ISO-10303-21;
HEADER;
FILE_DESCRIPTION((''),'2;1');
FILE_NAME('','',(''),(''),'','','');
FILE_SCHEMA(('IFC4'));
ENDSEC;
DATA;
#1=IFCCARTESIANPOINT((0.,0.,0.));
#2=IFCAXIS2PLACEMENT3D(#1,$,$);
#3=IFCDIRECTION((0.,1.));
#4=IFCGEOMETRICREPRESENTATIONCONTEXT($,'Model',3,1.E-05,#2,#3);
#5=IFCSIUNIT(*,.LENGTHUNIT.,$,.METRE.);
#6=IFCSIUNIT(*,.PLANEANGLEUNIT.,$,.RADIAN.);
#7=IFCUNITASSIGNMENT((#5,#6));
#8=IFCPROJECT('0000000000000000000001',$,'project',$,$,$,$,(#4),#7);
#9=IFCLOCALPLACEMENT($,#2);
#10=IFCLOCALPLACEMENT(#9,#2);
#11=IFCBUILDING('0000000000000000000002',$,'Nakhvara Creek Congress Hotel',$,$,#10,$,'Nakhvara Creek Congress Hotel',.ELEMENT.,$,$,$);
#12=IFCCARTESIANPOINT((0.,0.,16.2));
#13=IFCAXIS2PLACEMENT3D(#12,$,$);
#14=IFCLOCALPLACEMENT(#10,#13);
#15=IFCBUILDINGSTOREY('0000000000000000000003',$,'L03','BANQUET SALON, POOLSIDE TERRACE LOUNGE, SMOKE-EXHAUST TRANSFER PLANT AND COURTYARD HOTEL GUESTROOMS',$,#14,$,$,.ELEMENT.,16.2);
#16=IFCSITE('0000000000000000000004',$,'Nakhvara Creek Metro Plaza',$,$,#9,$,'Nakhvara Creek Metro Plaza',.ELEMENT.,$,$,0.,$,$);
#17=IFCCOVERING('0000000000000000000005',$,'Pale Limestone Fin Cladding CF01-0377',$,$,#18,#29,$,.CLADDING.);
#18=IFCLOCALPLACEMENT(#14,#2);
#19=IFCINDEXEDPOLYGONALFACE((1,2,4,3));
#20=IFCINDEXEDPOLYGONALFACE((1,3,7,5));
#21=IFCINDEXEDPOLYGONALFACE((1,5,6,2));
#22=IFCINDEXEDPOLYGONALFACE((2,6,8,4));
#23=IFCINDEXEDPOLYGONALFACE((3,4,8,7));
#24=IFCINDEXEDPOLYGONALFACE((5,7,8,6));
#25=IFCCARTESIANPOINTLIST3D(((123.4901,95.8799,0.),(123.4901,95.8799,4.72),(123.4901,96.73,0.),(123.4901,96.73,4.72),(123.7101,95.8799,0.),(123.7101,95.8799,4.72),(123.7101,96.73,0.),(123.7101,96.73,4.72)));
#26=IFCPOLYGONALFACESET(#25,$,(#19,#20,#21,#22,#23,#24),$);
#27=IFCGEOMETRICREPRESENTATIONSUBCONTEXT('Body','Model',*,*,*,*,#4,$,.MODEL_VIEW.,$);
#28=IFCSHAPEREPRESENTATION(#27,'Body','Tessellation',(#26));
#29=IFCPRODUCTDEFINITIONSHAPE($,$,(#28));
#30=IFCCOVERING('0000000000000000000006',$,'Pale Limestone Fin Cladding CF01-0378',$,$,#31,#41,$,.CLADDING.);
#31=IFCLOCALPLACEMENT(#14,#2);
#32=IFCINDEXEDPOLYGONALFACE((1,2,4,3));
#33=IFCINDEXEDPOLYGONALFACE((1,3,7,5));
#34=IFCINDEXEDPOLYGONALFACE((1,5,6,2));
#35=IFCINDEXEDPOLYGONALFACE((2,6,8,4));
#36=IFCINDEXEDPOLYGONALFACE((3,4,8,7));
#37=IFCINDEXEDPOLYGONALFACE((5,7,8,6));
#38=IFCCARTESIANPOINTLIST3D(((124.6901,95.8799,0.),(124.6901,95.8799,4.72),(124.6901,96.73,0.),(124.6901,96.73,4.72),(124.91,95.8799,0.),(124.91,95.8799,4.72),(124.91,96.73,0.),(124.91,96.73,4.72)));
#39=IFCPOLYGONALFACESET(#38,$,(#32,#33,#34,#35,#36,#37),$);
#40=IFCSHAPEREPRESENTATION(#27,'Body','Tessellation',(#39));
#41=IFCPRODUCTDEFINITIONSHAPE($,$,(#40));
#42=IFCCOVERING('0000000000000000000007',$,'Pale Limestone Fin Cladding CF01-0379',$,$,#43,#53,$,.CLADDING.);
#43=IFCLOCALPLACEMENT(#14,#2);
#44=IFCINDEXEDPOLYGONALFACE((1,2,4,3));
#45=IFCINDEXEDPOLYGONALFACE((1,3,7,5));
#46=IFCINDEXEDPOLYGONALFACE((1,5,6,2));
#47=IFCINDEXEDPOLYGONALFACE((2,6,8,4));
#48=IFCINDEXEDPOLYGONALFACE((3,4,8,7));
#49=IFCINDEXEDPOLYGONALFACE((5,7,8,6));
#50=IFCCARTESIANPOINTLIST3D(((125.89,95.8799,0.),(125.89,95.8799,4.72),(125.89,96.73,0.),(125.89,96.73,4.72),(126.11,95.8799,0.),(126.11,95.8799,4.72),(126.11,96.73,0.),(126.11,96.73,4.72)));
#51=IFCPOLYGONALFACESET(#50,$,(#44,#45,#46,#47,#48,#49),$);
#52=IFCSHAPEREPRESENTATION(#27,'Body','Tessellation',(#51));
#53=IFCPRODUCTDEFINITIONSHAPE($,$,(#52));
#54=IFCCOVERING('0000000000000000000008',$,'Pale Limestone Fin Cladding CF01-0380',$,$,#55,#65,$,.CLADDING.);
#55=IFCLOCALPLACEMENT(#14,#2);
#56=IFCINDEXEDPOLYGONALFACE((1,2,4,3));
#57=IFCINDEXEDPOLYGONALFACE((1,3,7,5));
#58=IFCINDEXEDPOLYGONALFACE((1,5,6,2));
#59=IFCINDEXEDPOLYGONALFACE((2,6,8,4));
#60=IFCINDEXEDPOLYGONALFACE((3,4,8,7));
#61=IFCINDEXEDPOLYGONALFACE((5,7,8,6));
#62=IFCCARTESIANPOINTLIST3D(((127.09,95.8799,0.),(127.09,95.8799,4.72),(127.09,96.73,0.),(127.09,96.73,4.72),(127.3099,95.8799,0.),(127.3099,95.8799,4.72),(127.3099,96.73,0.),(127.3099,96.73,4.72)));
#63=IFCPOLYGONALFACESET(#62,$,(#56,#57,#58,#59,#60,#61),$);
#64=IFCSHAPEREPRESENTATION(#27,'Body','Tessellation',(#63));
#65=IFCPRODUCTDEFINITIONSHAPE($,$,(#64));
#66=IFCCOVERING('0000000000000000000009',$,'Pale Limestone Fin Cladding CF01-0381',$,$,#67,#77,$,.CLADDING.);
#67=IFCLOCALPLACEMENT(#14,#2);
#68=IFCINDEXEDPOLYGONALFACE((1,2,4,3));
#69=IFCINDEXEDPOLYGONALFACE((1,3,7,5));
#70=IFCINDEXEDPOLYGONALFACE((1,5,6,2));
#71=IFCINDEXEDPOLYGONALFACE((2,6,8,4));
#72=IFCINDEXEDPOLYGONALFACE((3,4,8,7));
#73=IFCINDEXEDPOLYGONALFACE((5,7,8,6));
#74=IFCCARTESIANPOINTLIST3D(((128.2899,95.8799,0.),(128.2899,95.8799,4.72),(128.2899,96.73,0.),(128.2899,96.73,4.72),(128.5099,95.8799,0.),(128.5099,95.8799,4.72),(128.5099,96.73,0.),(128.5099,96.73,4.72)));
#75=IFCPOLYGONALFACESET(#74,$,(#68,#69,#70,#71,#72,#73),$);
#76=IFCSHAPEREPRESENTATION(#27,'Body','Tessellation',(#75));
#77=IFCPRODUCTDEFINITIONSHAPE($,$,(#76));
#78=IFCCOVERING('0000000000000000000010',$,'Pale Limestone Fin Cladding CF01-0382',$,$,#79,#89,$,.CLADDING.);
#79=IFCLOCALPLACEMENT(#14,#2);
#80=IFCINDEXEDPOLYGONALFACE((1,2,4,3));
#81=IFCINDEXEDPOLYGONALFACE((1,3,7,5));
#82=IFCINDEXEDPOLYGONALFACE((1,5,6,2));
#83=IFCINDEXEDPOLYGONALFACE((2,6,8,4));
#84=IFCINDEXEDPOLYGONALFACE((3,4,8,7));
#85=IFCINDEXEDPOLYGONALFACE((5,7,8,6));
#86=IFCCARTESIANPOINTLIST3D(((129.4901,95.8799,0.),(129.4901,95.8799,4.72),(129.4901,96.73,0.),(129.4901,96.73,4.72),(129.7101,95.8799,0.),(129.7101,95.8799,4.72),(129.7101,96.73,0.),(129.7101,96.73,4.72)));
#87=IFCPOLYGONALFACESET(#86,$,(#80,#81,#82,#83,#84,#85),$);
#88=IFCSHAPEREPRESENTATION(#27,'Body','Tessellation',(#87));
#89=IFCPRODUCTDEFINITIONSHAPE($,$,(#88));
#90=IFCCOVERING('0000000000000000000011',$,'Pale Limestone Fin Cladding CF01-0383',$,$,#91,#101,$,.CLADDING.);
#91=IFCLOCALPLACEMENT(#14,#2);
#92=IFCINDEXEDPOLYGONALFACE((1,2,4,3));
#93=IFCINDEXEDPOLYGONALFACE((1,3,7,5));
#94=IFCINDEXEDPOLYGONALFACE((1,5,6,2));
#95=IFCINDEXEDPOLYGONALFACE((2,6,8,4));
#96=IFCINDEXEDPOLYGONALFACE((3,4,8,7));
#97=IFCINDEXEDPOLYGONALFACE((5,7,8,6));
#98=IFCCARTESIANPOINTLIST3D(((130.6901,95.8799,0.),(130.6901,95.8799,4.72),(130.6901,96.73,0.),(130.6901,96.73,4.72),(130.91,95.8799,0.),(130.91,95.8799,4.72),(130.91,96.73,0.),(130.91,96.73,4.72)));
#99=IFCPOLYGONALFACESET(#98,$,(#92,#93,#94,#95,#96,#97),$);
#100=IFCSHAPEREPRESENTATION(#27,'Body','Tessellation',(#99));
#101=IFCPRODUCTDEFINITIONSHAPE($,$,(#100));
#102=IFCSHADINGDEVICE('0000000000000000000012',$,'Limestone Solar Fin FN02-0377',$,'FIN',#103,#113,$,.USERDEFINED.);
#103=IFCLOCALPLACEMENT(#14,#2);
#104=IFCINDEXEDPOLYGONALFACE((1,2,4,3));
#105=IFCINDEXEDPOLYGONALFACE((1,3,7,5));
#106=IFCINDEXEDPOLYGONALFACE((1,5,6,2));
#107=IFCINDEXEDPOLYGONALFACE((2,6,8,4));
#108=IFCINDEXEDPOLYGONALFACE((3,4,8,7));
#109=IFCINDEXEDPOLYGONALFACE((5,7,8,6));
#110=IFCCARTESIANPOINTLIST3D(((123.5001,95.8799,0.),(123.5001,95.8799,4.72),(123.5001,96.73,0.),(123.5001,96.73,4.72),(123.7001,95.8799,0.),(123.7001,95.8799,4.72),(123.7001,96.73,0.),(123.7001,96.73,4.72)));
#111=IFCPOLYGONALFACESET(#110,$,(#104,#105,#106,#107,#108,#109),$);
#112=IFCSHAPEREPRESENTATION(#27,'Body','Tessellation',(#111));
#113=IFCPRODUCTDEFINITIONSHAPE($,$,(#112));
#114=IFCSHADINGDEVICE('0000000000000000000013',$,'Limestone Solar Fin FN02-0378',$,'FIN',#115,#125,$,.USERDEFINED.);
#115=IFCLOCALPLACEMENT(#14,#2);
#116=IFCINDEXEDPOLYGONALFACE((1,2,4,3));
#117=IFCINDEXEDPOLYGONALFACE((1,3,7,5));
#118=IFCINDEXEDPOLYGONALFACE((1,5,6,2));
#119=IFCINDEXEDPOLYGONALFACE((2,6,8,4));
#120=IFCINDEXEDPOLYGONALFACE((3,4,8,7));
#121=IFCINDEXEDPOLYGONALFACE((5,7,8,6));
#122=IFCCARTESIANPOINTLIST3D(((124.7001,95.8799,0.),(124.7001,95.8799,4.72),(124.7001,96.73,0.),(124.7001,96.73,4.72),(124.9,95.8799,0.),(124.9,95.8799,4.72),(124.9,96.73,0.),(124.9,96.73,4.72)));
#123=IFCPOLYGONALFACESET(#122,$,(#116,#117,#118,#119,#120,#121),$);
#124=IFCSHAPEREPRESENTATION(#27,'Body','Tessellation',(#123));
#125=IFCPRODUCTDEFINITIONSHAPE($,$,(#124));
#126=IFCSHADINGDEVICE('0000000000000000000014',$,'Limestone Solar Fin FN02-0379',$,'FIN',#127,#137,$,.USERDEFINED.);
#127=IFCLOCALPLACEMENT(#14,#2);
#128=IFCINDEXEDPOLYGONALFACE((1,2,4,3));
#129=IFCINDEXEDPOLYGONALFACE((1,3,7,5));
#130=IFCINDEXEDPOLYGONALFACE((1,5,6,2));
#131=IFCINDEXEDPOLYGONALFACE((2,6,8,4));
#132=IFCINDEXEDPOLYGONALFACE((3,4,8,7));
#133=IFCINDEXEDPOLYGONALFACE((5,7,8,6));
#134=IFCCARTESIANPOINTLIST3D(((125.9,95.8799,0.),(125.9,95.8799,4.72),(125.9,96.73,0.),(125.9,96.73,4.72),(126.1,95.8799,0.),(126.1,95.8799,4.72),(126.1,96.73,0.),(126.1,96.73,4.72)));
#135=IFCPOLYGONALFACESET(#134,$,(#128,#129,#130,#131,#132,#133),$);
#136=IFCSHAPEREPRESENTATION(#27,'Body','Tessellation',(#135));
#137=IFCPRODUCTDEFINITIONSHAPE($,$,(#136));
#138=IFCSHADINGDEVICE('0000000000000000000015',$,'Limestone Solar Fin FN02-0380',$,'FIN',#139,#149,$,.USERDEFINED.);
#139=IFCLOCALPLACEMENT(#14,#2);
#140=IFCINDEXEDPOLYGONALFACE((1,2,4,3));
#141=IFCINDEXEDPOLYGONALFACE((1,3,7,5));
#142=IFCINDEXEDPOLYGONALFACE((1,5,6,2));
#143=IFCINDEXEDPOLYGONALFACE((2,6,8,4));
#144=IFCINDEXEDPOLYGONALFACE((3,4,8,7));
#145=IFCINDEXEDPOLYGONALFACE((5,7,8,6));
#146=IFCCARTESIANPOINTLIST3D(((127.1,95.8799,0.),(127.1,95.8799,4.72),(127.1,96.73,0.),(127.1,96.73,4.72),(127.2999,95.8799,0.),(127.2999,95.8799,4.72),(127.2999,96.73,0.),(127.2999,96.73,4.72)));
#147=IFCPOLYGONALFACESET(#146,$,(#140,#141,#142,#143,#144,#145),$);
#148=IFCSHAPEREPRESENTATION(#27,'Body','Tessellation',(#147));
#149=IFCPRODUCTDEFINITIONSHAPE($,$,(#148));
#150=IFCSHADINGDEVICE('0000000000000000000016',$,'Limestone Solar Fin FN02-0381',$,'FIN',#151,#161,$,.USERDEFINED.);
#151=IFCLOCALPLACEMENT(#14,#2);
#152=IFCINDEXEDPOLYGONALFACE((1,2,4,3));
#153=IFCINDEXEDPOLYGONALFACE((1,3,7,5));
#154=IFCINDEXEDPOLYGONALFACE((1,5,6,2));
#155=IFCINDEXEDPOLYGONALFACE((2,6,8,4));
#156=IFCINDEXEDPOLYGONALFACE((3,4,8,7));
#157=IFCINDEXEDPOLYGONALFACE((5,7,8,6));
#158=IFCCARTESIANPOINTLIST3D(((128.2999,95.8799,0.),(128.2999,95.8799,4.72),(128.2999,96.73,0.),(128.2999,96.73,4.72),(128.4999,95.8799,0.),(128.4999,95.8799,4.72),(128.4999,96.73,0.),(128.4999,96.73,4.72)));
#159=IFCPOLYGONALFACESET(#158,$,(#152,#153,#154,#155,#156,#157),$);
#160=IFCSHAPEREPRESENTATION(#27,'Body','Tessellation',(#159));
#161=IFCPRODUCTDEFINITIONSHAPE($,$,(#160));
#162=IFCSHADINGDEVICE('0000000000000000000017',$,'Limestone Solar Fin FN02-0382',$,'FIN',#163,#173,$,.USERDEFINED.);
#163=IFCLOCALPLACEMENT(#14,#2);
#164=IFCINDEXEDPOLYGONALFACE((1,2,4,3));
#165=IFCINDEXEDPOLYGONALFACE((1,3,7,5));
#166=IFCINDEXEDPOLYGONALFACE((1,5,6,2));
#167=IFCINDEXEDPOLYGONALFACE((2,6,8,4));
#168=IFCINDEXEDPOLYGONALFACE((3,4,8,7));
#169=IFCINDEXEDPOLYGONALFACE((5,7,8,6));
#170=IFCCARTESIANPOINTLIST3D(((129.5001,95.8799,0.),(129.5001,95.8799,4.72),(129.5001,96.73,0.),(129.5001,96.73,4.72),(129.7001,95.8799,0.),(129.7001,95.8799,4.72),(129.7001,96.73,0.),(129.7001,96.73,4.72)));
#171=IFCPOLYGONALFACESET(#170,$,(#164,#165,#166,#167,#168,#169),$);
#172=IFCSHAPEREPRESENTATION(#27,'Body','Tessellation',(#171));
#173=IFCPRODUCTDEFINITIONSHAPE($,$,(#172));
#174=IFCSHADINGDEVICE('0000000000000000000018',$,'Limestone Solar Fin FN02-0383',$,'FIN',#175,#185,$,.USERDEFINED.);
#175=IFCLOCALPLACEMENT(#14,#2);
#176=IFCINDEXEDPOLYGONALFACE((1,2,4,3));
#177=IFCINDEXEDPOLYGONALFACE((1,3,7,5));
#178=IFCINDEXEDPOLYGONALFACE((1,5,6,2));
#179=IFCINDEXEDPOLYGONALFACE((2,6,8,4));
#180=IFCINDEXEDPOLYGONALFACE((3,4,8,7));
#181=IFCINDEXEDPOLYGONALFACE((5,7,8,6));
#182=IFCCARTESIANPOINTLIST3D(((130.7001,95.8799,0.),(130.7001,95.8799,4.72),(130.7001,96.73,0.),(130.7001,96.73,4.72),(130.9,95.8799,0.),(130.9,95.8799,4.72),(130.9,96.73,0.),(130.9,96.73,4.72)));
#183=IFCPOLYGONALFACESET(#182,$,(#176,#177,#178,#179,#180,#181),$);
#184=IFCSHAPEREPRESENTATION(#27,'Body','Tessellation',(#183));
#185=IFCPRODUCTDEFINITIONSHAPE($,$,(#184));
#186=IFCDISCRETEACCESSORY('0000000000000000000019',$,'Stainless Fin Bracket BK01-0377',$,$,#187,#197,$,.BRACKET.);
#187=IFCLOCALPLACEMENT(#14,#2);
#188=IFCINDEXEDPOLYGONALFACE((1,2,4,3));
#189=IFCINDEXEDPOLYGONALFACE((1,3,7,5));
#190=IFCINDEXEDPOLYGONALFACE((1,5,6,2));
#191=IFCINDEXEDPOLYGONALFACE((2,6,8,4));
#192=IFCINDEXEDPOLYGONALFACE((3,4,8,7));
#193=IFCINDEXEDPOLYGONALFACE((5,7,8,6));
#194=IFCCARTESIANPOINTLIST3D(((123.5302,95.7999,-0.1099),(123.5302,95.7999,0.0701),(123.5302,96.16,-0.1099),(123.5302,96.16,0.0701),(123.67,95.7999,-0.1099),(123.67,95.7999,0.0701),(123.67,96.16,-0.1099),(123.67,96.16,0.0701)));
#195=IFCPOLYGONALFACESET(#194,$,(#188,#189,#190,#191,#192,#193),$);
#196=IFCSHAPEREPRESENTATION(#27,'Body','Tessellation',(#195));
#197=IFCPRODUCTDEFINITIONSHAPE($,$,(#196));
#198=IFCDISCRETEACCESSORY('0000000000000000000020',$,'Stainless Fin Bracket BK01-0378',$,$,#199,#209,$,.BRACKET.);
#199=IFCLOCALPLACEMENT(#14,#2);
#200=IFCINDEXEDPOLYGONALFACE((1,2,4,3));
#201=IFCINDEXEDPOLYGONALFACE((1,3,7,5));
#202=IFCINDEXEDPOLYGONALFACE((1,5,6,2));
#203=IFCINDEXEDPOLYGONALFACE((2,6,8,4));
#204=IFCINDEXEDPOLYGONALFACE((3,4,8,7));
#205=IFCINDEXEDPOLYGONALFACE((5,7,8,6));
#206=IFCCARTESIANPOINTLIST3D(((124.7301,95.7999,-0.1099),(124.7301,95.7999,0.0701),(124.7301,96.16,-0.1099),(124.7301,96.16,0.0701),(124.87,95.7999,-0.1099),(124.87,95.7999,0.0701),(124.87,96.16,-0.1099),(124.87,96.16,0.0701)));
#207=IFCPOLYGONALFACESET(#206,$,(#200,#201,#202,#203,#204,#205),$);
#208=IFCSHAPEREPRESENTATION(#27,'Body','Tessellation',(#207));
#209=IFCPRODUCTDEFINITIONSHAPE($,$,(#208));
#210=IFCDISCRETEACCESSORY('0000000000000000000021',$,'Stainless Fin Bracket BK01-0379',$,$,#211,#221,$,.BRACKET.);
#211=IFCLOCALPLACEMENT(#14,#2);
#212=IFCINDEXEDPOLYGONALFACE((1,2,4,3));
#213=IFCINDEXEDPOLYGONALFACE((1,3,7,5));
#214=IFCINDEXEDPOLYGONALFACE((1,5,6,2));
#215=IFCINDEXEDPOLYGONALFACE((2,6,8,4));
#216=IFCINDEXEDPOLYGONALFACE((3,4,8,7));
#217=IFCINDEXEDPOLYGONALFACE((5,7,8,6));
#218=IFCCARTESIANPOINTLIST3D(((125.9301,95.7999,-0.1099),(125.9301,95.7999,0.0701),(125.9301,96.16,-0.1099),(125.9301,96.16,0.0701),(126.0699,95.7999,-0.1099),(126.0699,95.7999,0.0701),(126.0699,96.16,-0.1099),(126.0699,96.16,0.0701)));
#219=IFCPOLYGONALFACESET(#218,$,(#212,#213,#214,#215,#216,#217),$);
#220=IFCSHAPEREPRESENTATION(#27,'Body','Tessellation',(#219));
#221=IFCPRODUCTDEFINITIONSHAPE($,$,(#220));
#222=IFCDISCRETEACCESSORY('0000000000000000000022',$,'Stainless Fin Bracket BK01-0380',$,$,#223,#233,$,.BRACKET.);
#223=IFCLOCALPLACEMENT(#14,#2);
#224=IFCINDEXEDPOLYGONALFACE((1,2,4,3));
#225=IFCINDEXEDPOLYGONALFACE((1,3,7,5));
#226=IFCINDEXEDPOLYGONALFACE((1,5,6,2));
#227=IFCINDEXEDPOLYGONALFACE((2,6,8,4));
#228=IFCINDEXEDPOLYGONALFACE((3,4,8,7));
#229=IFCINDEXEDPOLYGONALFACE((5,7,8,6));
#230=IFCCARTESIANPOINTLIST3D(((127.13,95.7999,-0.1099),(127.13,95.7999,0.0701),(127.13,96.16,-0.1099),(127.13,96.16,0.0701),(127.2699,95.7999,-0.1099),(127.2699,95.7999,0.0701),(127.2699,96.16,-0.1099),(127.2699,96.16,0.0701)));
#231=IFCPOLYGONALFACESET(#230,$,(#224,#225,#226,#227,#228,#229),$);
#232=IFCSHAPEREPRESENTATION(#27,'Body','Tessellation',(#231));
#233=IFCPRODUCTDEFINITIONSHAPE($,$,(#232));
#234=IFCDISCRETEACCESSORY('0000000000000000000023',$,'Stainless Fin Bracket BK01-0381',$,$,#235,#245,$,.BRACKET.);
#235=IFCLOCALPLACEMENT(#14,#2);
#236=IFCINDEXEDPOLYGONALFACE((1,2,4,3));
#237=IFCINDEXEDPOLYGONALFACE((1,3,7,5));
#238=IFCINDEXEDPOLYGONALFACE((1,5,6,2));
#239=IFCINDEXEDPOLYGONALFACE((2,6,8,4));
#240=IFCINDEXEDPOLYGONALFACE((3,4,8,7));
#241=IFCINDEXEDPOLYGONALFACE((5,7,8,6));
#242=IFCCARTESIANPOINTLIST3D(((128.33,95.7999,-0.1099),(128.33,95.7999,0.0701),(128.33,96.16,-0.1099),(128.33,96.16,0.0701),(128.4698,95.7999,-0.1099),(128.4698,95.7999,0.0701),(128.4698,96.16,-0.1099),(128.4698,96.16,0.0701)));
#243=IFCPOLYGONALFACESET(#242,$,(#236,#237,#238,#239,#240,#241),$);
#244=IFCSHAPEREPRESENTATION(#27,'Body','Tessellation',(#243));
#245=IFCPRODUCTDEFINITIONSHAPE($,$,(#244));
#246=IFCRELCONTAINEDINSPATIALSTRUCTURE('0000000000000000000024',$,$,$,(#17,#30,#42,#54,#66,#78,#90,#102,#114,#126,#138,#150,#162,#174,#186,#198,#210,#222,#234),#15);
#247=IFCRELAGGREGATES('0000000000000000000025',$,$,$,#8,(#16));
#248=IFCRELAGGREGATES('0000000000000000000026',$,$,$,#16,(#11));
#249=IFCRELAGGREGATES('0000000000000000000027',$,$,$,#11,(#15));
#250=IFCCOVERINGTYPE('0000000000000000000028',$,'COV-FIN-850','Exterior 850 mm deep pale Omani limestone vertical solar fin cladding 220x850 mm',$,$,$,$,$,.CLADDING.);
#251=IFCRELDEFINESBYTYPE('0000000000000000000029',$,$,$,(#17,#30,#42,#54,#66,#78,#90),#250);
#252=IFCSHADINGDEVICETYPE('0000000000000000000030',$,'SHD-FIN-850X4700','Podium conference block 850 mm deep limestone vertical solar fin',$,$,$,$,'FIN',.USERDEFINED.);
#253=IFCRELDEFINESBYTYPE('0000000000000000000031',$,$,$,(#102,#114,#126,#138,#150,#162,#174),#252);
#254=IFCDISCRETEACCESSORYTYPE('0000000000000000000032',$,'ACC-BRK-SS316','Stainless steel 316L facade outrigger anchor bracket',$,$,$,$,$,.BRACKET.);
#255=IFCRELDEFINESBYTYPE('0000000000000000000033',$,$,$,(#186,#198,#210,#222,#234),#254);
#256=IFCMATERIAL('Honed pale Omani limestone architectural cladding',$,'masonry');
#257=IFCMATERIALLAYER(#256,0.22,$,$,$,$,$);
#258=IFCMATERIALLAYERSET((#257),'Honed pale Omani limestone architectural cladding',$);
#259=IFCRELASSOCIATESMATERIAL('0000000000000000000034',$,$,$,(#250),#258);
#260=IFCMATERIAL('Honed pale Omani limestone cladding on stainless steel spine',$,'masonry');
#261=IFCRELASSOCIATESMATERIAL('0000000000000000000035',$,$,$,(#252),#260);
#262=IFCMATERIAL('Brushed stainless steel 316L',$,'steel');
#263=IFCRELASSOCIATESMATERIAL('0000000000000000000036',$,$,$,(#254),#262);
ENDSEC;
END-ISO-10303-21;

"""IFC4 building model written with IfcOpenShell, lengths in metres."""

from ifc_helpers import new_model, si_unit, direction, frame, origin, origin_2d, place, context, subcontext, project, spatial, rectangle, extrude, material, layer, layer_set, type_object, element, save


model = new_model("IFC4")

# Units and contexts
model_context = context("Model", 3, precision=1e-05, world=origin(), true_north=direction((0.0, 1.0)))
body_context = subcontext(model_context, "Body", "Model", "MODEL_VIEW")
ifc_project = project(units=[si_unit("LENGTHUNIT", "METRE"), si_unit("PLANEANGLEUNIT", "RADIAN")], contexts=[model_context])

# Site, building, storey
site_placement = place(None, origin())
site = spatial("IfcSite", under=ifc_project, at=site_placement, Name="Nakhvara Creek Metro Plaza", LongName="Nakhvara Creek Metro Plaza", CompositionType="ELEMENT", RefElevation=0.0)
building_placement = place(site_placement, origin())
building = spatial("IfcBuilding", under=site, at=building_placement, Name="Nakhvara Creek Congress Hotel", LongName="Nakhvara Creek Congress Hotel", CompositionType="ELEMENT")
storey_placement = place(building_placement, frame((0.0, 0.0, 16.2)))
storey = spatial("IfcBuildingStorey", under=building, at=storey_placement, Name="L03", Description="BANQUET SALON, POOLSIDE TERRACE LOUNGE, SMOKE-EXHAUST TRANSFER PLANT AND COURTYARD HOTEL GUESTROOMS", CompositionType="ELEMENT", Elevation=16.2)

# Coverings
ifc_material_1 = material(Name="Honed pale Omani limestone architectural cladding", Category="masonry")
ifc_layer = layer(ifc_material_1, 0.22)
ifc_layer_set = layer_set([ifc_layer], Name="Honed pale Omani limestone architectural cladding")
covering_type = type_object("IfcCoveringType", Name="COV-FIN-850", Description="Exterior 850 mm deep pale Omani limestone vertical solar fin cladding 220x850 mm", PredefinedType="CLADDING", material=ifc_layer_set)
for number, where, z_axis, x_axis, name in (
    (1, (123.6001, 96.3049, 0.0), (0.0, 0.0, 1.0), (1.0, 0.0, 0.0), "Pale Limestone Fin Cladding CF01-0377"),
    (2, (124.8, 96.3049, 0.0), (0.0, 0.0, 1.0), (1.0, 0.0, 0.0), "Pale Limestone Fin Cladding CF01-0378"),
    (3, (126.0, 96.3049, 0.0), (0.0, 0.0, 1.0), (1.0, 0.0, 0.0), "Pale Limestone Fin Cladding CF01-0379"),
    (4, (127.2, 96.3049, 0.0), (0.0, 0.0, 1.0), (1.0, 0.0, 0.0), "Pale Limestone Fin Cladding CF01-0380"),
    (5, (128.3999, 96.3049, 0.0), (0.0, 0.0, 1.0), (1.0, 0.0, 0.0), "Pale Limestone Fin Cladding CF01-0381"),
    (6, (129.6001, 96.3049, 0.0), (0.0, 0.0, 1.0), (1.0, 0.0, 0.0), "Pale Limestone Fin Cladding CF01-0382"),
    (7, (130.8, 96.3049, 0.0), (0.0, 0.0, 1.0), (1.0, 0.0, 0.0), "Pale Limestone Fin Cladding CF01-0383"),
):
    element("IfcCovering", number, at=place(storey_placement, frame(where, z_axis=z_axis, x_axis=x_axis)), inside=storey, type_object=covering_type, Name=name, PredefinedType="CLADDING", context=body_context, shape_type="SweptSolid", body=[
        extrude(rectangle(XDim=0.22, YDim=0.8501, at=origin_2d()), origin(), (0.0, 0.0, 1.0), 4.72),
    ])

# Shading devices
ifc_material_2 = material(Name="Honed pale Omani limestone cladding on stainless steel spine", Category="masonry")
shading_device_type = type_object("IfcShadingDeviceType", Name="SHD-FIN-850X4700", Description="Podium conference block 850 mm deep limestone vertical solar fin", ElementType="FIN", PredefinedType="USERDEFINED", material=ifc_material_2)
for number, where, z_axis, x_axis, name in (
    (8, (123.6001, 96.3049, 0.0), (0.0, 0.0, 1.0), (1.0, 0.0, 0.0), "Limestone Solar Fin FN02-0377"),
    (9, (124.8, 96.3049, 0.0), (0.0, 0.0, 1.0), (1.0, 0.0, 0.0), "Limestone Solar Fin FN02-0378"),
    (10, (126.0, 96.3049, 0.0), (0.0, 0.0, 1.0), (1.0, 0.0, 0.0), "Limestone Solar Fin FN02-0379"),
    (11, (127.2, 96.3049, 0.0), (0.0, 0.0, 1.0), (1.0, 0.0, 0.0), "Limestone Solar Fin FN02-0380"),
    (12, (128.3999, 96.3049, 0.0), (0.0, 0.0, 1.0), (1.0, 0.0, 0.0), "Limestone Solar Fin FN02-0381"),
    (13, (129.6001, 96.3049, 0.0), (0.0, 0.0, 1.0), (1.0, 0.0, 0.0), "Limestone Solar Fin FN02-0382"),
    (14, (130.8, 96.3049, 0.0), (0.0, 0.0, 1.0), (1.0, 0.0, 0.0), "Limestone Solar Fin FN02-0383"),
):
    element("IfcShadingDevice", number, at=place(storey_placement, frame(where, z_axis=z_axis, x_axis=x_axis)), inside=storey, type_object=shading_device_type, Name=name, ObjectType="FIN", PredefinedType="USERDEFINED", context=body_context, shape_type="SweptSolid", body=[
        extrude(rectangle(XDim=0.2, YDim=0.8501, at=origin_2d()), origin(), (0.0, 0.0, 1.0), 4.72),
    ])

# Discrete accessories
ifc_material_3 = material(Name="Brushed stainless steel 316L", Category="steel")
discrete_accessory_type = type_object("IfcDiscreteAccessoryType", Name="ACC-BRK-SS316", Description="Stainless steel 316L facade outrigger anchor bracket", PredefinedType="BRACKET", material=ifc_material_3)
for number, where, z_axis, x_axis, name in (
    (15, (123.6001, 95.98, -0.1099), (0.0, 0.0, 1.0), (1.0, 0.0, 0.0), "Stainless Fin Bracket BK01-0377"),
    (16, (124.8, 95.98, -0.1099), (0.0, 0.0, 1.0), (1.0, 0.0, 0.0), "Stainless Fin Bracket BK01-0378"),
    (17, (126.0, 95.98, -0.1099), (0.0, 0.0, 1.0), (1.0, 0.0, 0.0), "Stainless Fin Bracket BK01-0379"),
    (18, (127.2, 95.98, -0.1099), (0.0, 0.0, 1.0), (1.0, 0.0, 0.0), "Stainless Fin Bracket BK01-0380"),
    (19, (128.3999, 95.98, -0.1099), (0.0, 0.0, 1.0), (1.0, 0.0, 0.0), "Stainless Fin Bracket BK01-0381"),
):
    element("IfcDiscreteAccessory", number, at=place(storey_placement, frame(where, z_axis=z_axis, x_axis=x_axis)), inside=storey, type_object=discrete_accessory_type, Name=name, PredefinedType="BRACKET", context=body_context, shape_type="SweptSolid", body=[
        extrude(rectangle(XDim=0.1399, YDim=0.3601, at=origin_2d()), origin(), (0.0, 0.0, 1.0), 0.1799),
    ])

save(model, "model.ifc")
